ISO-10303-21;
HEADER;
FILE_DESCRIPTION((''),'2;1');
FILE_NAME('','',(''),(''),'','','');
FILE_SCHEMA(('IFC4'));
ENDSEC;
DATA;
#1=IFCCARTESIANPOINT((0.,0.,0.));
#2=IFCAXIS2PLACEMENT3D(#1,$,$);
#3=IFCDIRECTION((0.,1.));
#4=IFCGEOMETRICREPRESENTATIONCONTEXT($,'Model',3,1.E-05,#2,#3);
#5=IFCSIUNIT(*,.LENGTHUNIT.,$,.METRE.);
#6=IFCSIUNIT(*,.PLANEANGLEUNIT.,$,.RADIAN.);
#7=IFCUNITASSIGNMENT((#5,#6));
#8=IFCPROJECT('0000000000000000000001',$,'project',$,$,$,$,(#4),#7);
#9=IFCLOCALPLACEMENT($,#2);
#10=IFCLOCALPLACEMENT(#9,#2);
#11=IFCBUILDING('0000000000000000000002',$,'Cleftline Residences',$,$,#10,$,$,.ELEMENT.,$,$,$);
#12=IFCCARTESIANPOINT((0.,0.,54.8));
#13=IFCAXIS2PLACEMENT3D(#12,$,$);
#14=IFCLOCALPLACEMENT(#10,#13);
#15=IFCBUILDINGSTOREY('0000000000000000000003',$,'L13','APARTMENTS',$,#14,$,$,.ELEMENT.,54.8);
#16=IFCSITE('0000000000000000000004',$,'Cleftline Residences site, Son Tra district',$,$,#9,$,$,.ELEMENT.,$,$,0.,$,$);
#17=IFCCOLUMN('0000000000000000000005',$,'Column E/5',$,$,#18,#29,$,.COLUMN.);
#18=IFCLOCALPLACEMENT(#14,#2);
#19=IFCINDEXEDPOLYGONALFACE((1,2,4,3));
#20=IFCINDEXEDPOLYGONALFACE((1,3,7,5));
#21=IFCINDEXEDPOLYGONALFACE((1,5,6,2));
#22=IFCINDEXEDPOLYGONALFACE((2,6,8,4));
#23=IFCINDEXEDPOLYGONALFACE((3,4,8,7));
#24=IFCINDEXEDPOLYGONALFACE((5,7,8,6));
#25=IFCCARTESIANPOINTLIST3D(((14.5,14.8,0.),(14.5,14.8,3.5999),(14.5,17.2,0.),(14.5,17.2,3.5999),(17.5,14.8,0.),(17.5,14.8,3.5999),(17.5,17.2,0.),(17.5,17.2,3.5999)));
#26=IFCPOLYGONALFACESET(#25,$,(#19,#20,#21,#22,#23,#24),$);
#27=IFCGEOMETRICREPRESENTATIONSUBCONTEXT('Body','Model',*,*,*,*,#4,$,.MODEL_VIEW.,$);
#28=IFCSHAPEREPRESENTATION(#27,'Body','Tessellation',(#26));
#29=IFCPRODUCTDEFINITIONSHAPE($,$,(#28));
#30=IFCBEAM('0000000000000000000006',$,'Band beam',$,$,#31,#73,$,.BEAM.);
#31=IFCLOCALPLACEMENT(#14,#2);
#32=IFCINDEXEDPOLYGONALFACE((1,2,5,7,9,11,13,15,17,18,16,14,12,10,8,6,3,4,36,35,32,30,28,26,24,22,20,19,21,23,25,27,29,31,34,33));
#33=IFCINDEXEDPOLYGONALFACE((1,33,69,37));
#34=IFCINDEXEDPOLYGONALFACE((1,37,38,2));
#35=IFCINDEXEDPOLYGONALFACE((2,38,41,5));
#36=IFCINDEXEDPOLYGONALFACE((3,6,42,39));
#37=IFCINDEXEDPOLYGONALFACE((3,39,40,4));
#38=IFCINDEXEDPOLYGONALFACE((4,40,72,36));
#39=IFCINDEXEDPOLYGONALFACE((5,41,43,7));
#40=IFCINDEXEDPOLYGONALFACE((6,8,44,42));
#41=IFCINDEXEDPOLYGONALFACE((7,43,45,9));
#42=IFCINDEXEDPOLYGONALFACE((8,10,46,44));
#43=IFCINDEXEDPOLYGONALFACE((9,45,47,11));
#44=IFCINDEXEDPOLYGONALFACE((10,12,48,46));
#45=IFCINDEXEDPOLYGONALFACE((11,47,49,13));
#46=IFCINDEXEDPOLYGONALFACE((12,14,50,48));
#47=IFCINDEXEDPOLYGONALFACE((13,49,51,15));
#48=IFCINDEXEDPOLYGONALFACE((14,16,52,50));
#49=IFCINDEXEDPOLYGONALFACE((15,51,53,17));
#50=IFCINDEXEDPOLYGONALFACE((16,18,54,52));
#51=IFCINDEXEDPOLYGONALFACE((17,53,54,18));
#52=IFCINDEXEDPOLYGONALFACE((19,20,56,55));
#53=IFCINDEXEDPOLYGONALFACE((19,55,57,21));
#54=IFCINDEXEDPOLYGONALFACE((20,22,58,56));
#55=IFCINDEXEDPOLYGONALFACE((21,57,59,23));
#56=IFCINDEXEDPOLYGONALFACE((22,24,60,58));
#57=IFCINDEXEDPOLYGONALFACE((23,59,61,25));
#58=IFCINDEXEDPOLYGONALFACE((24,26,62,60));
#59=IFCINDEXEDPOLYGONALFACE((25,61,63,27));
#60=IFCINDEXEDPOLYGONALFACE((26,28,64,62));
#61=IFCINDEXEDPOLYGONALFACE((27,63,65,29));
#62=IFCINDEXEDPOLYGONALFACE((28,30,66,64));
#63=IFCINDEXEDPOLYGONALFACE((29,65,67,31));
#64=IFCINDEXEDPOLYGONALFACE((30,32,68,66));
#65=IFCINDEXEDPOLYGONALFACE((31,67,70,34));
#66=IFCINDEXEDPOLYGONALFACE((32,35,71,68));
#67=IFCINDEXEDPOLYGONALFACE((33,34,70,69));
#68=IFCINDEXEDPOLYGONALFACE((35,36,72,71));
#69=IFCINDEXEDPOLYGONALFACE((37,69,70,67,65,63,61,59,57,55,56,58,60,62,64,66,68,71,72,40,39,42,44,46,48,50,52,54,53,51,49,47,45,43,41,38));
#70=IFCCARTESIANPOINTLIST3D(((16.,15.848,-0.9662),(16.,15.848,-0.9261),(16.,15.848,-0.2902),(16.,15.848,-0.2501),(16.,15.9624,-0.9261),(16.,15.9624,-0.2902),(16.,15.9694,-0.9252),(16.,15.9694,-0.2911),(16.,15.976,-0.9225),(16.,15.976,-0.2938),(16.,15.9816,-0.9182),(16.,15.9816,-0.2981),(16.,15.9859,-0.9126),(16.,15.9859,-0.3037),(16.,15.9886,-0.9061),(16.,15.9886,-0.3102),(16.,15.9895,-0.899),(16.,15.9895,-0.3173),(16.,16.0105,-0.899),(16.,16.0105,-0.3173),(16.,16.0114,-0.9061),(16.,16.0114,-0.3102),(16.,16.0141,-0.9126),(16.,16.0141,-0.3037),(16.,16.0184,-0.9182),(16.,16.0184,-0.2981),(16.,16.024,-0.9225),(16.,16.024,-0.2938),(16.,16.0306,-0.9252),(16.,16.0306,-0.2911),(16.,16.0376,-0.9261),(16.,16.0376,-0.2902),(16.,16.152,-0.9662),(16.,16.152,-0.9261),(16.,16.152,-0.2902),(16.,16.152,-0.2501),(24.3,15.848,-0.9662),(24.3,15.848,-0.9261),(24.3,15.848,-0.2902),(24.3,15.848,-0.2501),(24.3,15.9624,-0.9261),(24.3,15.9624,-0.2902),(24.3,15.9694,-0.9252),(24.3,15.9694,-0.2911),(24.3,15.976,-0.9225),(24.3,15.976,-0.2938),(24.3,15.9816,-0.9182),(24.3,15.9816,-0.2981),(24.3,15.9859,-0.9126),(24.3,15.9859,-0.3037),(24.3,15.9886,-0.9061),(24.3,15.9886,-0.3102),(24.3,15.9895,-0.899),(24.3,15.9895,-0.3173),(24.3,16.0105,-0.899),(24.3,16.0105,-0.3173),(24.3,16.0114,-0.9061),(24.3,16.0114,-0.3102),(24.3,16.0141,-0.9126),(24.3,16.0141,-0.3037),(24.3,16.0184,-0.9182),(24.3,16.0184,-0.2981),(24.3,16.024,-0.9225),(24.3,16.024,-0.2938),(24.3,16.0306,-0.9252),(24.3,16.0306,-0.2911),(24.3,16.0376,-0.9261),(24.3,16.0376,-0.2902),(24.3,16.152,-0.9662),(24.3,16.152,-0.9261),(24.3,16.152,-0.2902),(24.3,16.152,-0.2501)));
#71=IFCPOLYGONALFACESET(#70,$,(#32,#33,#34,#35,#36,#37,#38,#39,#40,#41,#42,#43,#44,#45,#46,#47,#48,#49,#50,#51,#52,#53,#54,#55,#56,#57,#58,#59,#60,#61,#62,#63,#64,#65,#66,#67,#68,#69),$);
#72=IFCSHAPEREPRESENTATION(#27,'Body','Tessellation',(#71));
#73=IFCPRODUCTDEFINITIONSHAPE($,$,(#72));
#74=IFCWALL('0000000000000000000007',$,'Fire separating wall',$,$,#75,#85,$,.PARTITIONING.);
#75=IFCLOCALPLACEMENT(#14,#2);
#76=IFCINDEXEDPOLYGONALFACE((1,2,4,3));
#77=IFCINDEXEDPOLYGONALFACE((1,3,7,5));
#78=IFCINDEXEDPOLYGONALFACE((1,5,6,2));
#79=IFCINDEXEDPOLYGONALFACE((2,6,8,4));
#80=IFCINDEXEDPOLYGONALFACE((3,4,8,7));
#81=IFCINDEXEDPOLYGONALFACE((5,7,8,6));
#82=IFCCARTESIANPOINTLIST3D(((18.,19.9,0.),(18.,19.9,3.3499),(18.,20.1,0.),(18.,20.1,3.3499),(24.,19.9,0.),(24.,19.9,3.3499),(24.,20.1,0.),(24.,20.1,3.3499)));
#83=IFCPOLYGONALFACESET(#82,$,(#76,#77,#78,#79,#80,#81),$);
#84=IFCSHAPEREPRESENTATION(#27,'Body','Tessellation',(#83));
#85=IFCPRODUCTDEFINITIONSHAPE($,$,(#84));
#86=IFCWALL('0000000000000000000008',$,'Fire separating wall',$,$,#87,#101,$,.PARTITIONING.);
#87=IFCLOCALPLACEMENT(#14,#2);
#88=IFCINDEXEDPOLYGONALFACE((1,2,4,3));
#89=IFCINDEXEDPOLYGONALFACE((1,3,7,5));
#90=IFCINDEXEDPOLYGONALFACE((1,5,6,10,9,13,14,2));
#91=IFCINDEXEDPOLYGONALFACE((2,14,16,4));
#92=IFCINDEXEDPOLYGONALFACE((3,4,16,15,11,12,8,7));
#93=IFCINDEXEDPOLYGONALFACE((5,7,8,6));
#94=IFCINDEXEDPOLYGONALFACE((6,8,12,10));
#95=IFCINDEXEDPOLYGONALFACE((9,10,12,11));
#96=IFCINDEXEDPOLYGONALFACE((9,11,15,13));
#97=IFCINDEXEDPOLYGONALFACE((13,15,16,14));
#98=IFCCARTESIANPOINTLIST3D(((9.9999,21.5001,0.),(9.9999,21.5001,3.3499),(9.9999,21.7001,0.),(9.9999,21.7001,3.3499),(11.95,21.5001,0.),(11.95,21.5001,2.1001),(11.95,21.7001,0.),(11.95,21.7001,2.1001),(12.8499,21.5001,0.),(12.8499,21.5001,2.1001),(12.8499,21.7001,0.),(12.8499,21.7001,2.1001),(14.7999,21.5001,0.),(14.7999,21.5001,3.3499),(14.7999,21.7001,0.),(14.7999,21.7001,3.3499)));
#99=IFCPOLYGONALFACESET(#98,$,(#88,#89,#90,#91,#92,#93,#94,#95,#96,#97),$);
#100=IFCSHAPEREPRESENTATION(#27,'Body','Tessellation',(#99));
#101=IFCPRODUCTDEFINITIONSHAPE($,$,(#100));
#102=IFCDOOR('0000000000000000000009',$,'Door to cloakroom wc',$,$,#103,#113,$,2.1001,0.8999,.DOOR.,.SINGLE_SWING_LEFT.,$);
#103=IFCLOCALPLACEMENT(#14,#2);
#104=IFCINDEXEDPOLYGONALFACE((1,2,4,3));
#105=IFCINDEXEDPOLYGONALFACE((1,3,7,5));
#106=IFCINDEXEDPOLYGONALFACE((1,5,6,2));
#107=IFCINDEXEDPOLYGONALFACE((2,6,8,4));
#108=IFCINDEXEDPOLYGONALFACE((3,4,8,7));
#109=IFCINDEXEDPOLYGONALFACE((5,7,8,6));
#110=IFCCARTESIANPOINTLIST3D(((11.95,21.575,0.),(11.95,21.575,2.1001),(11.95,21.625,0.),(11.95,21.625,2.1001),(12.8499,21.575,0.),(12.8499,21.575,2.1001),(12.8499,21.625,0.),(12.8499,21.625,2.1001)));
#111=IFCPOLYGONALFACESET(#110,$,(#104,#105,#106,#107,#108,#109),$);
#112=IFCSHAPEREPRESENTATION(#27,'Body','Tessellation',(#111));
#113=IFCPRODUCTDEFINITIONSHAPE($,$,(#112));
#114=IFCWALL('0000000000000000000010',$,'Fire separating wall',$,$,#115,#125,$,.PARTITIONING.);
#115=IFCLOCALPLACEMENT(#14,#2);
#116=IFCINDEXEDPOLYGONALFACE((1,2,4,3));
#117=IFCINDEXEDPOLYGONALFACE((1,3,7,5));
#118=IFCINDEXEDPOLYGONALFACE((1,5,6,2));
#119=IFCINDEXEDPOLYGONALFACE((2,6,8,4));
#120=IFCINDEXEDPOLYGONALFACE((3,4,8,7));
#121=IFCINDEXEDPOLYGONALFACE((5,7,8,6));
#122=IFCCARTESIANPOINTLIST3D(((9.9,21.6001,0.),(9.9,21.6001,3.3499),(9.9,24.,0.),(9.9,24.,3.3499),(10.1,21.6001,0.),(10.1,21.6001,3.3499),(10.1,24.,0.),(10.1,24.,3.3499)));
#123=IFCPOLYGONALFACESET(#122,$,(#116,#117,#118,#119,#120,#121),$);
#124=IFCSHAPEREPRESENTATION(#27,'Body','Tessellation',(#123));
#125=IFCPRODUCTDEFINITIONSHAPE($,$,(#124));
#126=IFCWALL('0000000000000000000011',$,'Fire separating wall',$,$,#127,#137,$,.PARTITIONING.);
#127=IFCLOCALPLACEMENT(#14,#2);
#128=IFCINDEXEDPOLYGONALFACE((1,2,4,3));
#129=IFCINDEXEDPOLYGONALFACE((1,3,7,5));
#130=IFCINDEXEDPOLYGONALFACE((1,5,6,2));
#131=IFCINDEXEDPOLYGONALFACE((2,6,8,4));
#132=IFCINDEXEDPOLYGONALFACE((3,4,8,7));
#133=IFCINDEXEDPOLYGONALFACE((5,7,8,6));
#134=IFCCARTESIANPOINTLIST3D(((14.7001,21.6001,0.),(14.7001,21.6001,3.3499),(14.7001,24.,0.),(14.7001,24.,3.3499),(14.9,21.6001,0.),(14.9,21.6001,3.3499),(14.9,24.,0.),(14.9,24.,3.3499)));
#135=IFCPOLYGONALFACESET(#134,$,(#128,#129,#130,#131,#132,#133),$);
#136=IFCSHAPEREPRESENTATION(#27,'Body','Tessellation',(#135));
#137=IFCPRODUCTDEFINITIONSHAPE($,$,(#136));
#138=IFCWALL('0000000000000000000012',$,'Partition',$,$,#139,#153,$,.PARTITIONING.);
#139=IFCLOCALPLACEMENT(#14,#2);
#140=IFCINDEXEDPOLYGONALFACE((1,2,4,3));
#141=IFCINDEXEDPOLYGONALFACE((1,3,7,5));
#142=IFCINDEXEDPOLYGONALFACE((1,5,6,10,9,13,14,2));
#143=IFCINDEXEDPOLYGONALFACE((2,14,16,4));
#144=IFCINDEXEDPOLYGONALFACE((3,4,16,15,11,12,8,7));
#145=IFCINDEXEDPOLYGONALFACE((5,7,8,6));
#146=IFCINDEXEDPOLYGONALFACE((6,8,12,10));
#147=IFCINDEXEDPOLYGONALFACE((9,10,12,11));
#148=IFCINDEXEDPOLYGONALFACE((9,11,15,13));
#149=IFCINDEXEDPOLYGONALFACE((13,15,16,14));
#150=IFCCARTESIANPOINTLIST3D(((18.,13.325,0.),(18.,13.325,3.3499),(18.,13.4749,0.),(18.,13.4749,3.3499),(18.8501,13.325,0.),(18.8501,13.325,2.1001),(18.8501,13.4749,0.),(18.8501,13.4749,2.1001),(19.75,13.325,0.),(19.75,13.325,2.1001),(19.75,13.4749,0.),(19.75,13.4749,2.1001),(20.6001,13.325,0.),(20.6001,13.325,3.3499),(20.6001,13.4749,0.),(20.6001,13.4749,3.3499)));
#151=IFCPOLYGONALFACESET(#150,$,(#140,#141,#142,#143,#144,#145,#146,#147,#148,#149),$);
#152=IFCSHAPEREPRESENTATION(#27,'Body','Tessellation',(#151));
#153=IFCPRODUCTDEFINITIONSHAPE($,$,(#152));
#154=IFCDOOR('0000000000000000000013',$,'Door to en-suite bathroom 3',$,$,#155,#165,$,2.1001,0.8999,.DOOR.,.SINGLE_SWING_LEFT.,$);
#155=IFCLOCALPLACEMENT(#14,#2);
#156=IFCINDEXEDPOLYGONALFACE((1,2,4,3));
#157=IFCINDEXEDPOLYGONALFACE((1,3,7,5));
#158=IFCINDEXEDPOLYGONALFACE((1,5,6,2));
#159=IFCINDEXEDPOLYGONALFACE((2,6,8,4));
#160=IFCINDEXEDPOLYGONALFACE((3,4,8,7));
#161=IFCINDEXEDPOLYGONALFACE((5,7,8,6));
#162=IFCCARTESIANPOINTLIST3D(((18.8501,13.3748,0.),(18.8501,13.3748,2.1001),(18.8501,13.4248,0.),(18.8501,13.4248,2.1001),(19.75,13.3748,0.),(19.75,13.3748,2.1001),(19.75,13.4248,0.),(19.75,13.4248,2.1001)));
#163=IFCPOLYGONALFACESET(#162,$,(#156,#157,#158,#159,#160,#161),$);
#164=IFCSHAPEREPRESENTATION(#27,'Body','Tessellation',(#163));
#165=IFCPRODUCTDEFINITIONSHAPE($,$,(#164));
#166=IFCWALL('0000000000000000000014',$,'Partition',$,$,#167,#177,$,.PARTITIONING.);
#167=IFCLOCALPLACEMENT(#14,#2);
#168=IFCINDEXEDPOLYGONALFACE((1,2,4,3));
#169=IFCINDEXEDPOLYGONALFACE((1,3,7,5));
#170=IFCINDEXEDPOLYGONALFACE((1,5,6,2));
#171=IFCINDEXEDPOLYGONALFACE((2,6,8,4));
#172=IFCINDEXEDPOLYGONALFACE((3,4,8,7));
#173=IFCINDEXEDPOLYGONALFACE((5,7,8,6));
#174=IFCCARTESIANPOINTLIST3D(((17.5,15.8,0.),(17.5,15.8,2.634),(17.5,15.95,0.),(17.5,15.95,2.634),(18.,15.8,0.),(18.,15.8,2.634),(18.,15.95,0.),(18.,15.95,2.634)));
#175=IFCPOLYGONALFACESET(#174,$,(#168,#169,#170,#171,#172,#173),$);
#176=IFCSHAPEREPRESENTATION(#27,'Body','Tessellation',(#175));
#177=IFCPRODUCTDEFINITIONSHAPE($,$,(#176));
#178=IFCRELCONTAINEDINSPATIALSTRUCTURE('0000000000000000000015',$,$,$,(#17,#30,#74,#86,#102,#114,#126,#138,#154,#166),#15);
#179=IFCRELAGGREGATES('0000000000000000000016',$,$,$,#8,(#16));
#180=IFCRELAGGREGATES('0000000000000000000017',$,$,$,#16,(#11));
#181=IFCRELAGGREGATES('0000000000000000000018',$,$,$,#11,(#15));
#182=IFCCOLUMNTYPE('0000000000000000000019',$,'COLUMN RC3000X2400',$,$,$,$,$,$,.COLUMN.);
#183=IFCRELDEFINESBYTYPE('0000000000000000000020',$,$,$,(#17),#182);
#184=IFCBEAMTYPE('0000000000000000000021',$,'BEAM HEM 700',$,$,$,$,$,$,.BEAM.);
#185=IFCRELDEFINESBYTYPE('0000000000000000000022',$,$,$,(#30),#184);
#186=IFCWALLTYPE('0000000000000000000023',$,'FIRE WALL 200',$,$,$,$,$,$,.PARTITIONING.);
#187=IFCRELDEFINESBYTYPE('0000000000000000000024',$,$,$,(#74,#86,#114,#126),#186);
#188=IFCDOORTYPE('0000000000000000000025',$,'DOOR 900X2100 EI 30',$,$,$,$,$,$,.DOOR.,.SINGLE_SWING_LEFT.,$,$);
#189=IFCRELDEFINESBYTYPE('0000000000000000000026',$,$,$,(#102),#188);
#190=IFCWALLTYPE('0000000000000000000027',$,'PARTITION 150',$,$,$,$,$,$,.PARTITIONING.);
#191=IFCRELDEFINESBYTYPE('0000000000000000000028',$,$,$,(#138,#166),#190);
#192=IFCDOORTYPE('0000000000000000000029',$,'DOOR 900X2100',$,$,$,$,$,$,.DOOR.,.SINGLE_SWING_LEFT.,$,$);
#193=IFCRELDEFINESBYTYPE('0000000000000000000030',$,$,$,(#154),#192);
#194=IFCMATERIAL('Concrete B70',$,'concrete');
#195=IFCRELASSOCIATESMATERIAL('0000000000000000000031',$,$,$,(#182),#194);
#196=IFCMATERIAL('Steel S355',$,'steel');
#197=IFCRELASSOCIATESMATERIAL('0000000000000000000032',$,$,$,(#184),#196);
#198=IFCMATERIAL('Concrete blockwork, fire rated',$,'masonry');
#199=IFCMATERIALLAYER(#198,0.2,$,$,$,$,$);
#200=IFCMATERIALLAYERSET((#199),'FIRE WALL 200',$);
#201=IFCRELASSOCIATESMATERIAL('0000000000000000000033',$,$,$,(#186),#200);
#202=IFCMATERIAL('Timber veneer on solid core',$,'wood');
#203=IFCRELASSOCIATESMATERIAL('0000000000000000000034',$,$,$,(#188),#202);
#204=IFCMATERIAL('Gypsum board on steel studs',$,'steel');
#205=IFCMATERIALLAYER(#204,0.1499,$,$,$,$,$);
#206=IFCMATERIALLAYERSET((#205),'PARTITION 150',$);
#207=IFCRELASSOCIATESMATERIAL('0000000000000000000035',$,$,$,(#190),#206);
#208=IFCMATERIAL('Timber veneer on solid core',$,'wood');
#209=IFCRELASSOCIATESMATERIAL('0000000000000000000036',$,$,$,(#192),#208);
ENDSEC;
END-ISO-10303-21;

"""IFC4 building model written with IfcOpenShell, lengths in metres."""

from ifc_helpers import new_model, si_unit, direction, frame, frame_2d, origin, origin_2d, place, context, subcontext, project, spatial, rectangle, i_section, extrude, material, layer, layer_set, material_profile, profile_set, type_object, element, fill, save


model = new_model("IFC4")

# Units and contexts
model_context = context("Model", 3, precision=1e-05, world=origin(), true_north=direction((0.0, 1.0)))
body_context = subcontext(model_context, "Body", "Model", "MODEL_VIEW")
ifc_project = project(units=[si_unit("LENGTHUNIT", "METRE"), si_unit("PLANEANGLEUNIT", "RADIAN")], contexts=[model_context])

# Site, building, storey
site_placement = place(None, origin())
site = spatial("IfcSite", under=ifc_project, at=site_placement, Name="Cleftline Residences site, Son Tra district", CompositionType="ELEMENT", RefElevation=0.0)
building_placement = place(site_placement, origin())
building = spatial("IfcBuilding", under=site, at=building_placement, Name="Cleftline Residences", CompositionType="ELEMENT")
storey_placement = place(building_placement, frame((0.0, 0.0, 54.8)))
storey = spatial("IfcBuildingStorey", under=building, at=storey_placement, Name="L13", Description="APARTMENTS", CompositionType="ELEMENT", Elevation=54.8)

# Column
ifc_material_1 = material(Name="Concrete B70", Category="concrete")
ifc_material_profile_1 = material_profile(ifc_material_1, rectangle(XDim=3.0, YDim=2.3999, at=origin_2d()))
ifc_profile_set_1 = profile_set([ifc_material_profile_1], Name="Concrete B70")
column_type = type_object("IfcColumnType", Name="COLUMN RC3000X2400", PredefinedType="COLUMN", material=ifc_profile_set_1)
column_placement = place(storey_placement, frame((16.0, 16.0, 0.0), z_axis=(0.0, 0.0, 1.0), x_axis=(1.0, 0.0, 0.0)))
element("IfcColumn", 1, at=column_placement, inside=storey, type_object=column_type, Name="Column E/5", PredefinedType="COLUMN", context=body_context, shape_type="SweptSolid", body=[
    extrude(rectangle(XDim=3.0, YDim=2.3999, at=origin_2d()), origin(), (0.0, 0.0, 1.0), 3.5999),
])

# Beam
ifc_material_2 = material(Name="Steel S355", Category="steel")
ifc_material_profile_2 = material_profile(ifc_material_2, i_section(OverallWidth=0.304, OverallDepth=0.7161, WebThickness=0.021, FlangeThickness=0.04, FilletRadius=0.0271, at=origin_2d()))
ifc_profile_set_2 = profile_set([ifc_material_profile_2], Name="Steel S355")
beam_type = type_object("IfcBeamType", Name="BEAM HEM 700", PredefinedType="BEAM", material=ifc_profile_set_2)
beam_placement = place(storey_placement, frame((16.0, 16.0, -0.6082), z_axis=(1.0, 0.0, 0.0), x_axis=(0.0, 1.0, 0.0)))
element("IfcBeam", 2, at=beam_placement, inside=storey, type_object=beam_type, Name="Band beam", PredefinedType="BEAM", context=body_context, shape_type="SweptSolid", body=[
    extrude(i_section(OverallWidth=0.304, OverallDepth=0.7161, WebThickness=0.021, FlangeThickness=0.04, FilletRadius=0.0271, at=origin_2d()), origin(), (0.0, 0.0, 1.0), 8.3),
])

# Wall
ifc_material_3 = material(Name="Concrete blockwork, fire rated", Category="masonry")
ifc_layer_1 = layer(ifc_material_3, 0.2)
ifc_layer_set_1 = layer_set([ifc_layer_1], Name="FIRE WALL 200")
wall_type_1 = type_object("IfcWallType", Name="FIRE WALL 200", PredefinedType="PARTITIONING", material=ifc_layer_set_1)
wall_1_placement = place(storey_placement, frame((18.0, 20.0, 0.0), z_axis=(0.0, 0.0, 1.0), x_axis=(1.0, 0.0, 0.0)))
element("IfcWall", 3, at=wall_1_placement, inside=storey, type_object=wall_type_1, Name="Fire separating wall", PredefinedType="PARTITIONING", context=body_context, shape_type="SweptSolid", body=[
    extrude(rectangle(XDim=6.0, YDim=0.2, at=frame_2d((3.0, 0.0))), origin(), (0.0, 0.0, 1.0), 3.3499),
])

# Wall, opening, door
wall_2_placement = place(storey_placement, frame((10.0, 21.6001, 0.0), z_axis=(0.0, 0.0, 1.0), x_axis=(1.0, 0.0, 0.0)))
wall_2 = element("IfcWall", 4, at=wall_2_placement, inside=storey, type_object=wall_type_1, Name="Fire separating wall", PredefinedType="PARTITIONING", context=body_context, shape_type="SweptSolid", body=[
    extrude(rectangle(XDim=4.8, YDim=0.2, at=frame_2d((2.3999, 0.0))), origin(), (0.0, 0.0, 1.0), 3.3499),
])
opening_1_placement = place(wall_2_placement, frame((1.95, 0.0, 0.0)))
opening_1 = element("IfcOpeningElement", 5, at=opening_1_placement, cuts=wall_2, PredefinedType="OPENING", context=body_context, shape_type="SweptSolid", body=[
    extrude(rectangle(XDim=0.8999, YDim=2.1001, at=frame_2d((0.45, 1.05))), frame((0.0, 0.1099, 0.0), z_axis=(0.0, -1.0, 0.0), x_axis=(1.0, 0.0, 0.0)), (0.0, 0.0, 1.0), 0.22),
])
ifc_material_4 = material(Name="Timber veneer on solid core", Category="wood")
door_type_1 = type_object("IfcDoorType", Name="DOOR 900X2100 EI 30", OperationType="SINGLE_SWING_LEFT", PredefinedType="DOOR", material=ifc_material_4)
door_1_placement = place(opening_1_placement, origin())
door_1 = element("IfcDoor", 6, at=door_1_placement, inside=storey, type_object=door_type_1, Name="Door to cloakroom wc", OperationType="SINGLE_SWING_LEFT", OverallHeight=2.1001, OverallWidth=0.8999, PredefinedType="DOOR", context=body_context, shape_type="SweptSolid", body=[
    extrude(rectangle(XDim=0.8999, YDim=2.1001, at=frame_2d((0.45, 1.05))), frame((0.0, 0.0249, 0.0), z_axis=(0.0, -1.0, 0.0), x_axis=(1.0, 0.0, 0.0)), (0.0, 0.0, 1.0), 0.05),
])
fill(opening_1, door_1)

# Walls
for number, where, z_axis, x_axis, name in (
    (7, (10.0, 21.6001, 0.0), (0.0, 0.0, 1.0), (0.0, 1.0, 0.0), "Fire separating wall"),
    (8, (14.8, 21.6001, 0.0), (0.0, 0.0, 1.0), (0.0, 1.0, 0.0), "Fire separating wall"),
):
    element("IfcWall", number, at=place(storey_placement, frame(where, z_axis=z_axis, x_axis=x_axis)), inside=storey, type_object=wall_type_1, Name=name, PredefinedType="PARTITIONING", context=body_context, shape_type="SweptSolid", body=[
        extrude(rectangle(XDim=2.3999, YDim=0.2, at=frame_2d((1.2, 0.0))), origin(), (0.0, 0.0, 1.0), 3.3499),
    ])

# Wall, opening, door
ifc_material_5 = material(Name="Gypsum board on steel studs", Category="steel")
ifc_layer_2 = layer(ifc_material_5, 0.1499)
ifc_layer_set_2 = layer_set([ifc_layer_2], Name="PARTITION 150")
wall_type_2 = type_object("IfcWallType", Name="PARTITION 150", PredefinedType="PARTITIONING", material=ifc_layer_set_2)
wall_3_placement = place(storey_placement, frame((18.0, 13.3999, 0.0), z_axis=(0.0, 0.0, 1.0), x_axis=(1.0, 0.0, 0.0)))
wall_3 = element("IfcWall", 9, at=wall_3_placement, inside=storey, type_object=wall_type_2, Name="Partition", PredefinedType="PARTITIONING", context=body_context, shape_type="SweptSolid", body=[
    extrude(rectangle(XDim=2.6001, YDim=0.1499, at=frame_2d((1.3, 0.0))), origin(), (0.0, 0.0, 1.0), 3.3499),
])
opening_2_placement = place(wall_3_placement, frame((0.8501, 0.0, 0.0)))
opening_2 = element("IfcOpeningElement", 10, at=opening_2_placement, cuts=wall_3, PredefinedType="OPENING", context=body_context, shape_type="SweptSolid", body=[
    extrude(rectangle(XDim=0.8999, YDim=2.1001, at=frame_2d((0.45, 1.05))), frame((0.0, 0.085, 0.0), z_axis=(0.0, -1.0, 0.0), x_axis=(1.0, 0.0, 0.0)), (0.0, 0.0, 1.0), 0.1699),
])
ifc_material_6 = material(Name="Timber veneer on solid core", Category="wood")
door_type_2 = type_object("IfcDoorType", Name="DOOR 900X2100", OperationType="SINGLE_SWING_LEFT", PredefinedType="DOOR", material=ifc_material_6)
door_2_placement = place(opening_2_placement, origin())
door_2 = element("IfcDoor", 11, at=door_2_placement, inside=storey, type_object=door_type_2, Name="Door to en-suite bathroom 3", OperationType="SINGLE_SWING_LEFT", OverallHeight=2.1001, OverallWidth=0.8999, PredefinedType="DOOR", context=body_context, shape_type="SweptSolid", body=[
    extrude(rectangle(XDim=0.8999, YDim=2.1001, at=frame_2d((0.45, 1.05))), frame((0.0, 0.0249, 0.0), z_axis=(0.0, -1.0, 0.0), x_axis=(1.0, 0.0, 0.0)), (0.0, 0.0, 1.0), 0.05),
])
fill(opening_2, door_2)

# Wall
wall_4_placement = place(storey_placement, frame((17.5, 15.875, 0.0), z_axis=(0.0, 0.0, 1.0), x_axis=(1.0, 0.0, 0.0)))
element("IfcWall", 12, at=wall_4_placement, inside=storey, type_object=wall_type_2, Name="Partition", PredefinedType="PARTITIONING", context=body_context, shape_type="SweptSolid", body=[
    extrude(rectangle(XDim=0.5, YDim=0.1499, at=frame_2d((0.25, 0.0))), origin(), (0.0, 0.0, 1.0), 2.634),
])

save(model, "model.ifc")
